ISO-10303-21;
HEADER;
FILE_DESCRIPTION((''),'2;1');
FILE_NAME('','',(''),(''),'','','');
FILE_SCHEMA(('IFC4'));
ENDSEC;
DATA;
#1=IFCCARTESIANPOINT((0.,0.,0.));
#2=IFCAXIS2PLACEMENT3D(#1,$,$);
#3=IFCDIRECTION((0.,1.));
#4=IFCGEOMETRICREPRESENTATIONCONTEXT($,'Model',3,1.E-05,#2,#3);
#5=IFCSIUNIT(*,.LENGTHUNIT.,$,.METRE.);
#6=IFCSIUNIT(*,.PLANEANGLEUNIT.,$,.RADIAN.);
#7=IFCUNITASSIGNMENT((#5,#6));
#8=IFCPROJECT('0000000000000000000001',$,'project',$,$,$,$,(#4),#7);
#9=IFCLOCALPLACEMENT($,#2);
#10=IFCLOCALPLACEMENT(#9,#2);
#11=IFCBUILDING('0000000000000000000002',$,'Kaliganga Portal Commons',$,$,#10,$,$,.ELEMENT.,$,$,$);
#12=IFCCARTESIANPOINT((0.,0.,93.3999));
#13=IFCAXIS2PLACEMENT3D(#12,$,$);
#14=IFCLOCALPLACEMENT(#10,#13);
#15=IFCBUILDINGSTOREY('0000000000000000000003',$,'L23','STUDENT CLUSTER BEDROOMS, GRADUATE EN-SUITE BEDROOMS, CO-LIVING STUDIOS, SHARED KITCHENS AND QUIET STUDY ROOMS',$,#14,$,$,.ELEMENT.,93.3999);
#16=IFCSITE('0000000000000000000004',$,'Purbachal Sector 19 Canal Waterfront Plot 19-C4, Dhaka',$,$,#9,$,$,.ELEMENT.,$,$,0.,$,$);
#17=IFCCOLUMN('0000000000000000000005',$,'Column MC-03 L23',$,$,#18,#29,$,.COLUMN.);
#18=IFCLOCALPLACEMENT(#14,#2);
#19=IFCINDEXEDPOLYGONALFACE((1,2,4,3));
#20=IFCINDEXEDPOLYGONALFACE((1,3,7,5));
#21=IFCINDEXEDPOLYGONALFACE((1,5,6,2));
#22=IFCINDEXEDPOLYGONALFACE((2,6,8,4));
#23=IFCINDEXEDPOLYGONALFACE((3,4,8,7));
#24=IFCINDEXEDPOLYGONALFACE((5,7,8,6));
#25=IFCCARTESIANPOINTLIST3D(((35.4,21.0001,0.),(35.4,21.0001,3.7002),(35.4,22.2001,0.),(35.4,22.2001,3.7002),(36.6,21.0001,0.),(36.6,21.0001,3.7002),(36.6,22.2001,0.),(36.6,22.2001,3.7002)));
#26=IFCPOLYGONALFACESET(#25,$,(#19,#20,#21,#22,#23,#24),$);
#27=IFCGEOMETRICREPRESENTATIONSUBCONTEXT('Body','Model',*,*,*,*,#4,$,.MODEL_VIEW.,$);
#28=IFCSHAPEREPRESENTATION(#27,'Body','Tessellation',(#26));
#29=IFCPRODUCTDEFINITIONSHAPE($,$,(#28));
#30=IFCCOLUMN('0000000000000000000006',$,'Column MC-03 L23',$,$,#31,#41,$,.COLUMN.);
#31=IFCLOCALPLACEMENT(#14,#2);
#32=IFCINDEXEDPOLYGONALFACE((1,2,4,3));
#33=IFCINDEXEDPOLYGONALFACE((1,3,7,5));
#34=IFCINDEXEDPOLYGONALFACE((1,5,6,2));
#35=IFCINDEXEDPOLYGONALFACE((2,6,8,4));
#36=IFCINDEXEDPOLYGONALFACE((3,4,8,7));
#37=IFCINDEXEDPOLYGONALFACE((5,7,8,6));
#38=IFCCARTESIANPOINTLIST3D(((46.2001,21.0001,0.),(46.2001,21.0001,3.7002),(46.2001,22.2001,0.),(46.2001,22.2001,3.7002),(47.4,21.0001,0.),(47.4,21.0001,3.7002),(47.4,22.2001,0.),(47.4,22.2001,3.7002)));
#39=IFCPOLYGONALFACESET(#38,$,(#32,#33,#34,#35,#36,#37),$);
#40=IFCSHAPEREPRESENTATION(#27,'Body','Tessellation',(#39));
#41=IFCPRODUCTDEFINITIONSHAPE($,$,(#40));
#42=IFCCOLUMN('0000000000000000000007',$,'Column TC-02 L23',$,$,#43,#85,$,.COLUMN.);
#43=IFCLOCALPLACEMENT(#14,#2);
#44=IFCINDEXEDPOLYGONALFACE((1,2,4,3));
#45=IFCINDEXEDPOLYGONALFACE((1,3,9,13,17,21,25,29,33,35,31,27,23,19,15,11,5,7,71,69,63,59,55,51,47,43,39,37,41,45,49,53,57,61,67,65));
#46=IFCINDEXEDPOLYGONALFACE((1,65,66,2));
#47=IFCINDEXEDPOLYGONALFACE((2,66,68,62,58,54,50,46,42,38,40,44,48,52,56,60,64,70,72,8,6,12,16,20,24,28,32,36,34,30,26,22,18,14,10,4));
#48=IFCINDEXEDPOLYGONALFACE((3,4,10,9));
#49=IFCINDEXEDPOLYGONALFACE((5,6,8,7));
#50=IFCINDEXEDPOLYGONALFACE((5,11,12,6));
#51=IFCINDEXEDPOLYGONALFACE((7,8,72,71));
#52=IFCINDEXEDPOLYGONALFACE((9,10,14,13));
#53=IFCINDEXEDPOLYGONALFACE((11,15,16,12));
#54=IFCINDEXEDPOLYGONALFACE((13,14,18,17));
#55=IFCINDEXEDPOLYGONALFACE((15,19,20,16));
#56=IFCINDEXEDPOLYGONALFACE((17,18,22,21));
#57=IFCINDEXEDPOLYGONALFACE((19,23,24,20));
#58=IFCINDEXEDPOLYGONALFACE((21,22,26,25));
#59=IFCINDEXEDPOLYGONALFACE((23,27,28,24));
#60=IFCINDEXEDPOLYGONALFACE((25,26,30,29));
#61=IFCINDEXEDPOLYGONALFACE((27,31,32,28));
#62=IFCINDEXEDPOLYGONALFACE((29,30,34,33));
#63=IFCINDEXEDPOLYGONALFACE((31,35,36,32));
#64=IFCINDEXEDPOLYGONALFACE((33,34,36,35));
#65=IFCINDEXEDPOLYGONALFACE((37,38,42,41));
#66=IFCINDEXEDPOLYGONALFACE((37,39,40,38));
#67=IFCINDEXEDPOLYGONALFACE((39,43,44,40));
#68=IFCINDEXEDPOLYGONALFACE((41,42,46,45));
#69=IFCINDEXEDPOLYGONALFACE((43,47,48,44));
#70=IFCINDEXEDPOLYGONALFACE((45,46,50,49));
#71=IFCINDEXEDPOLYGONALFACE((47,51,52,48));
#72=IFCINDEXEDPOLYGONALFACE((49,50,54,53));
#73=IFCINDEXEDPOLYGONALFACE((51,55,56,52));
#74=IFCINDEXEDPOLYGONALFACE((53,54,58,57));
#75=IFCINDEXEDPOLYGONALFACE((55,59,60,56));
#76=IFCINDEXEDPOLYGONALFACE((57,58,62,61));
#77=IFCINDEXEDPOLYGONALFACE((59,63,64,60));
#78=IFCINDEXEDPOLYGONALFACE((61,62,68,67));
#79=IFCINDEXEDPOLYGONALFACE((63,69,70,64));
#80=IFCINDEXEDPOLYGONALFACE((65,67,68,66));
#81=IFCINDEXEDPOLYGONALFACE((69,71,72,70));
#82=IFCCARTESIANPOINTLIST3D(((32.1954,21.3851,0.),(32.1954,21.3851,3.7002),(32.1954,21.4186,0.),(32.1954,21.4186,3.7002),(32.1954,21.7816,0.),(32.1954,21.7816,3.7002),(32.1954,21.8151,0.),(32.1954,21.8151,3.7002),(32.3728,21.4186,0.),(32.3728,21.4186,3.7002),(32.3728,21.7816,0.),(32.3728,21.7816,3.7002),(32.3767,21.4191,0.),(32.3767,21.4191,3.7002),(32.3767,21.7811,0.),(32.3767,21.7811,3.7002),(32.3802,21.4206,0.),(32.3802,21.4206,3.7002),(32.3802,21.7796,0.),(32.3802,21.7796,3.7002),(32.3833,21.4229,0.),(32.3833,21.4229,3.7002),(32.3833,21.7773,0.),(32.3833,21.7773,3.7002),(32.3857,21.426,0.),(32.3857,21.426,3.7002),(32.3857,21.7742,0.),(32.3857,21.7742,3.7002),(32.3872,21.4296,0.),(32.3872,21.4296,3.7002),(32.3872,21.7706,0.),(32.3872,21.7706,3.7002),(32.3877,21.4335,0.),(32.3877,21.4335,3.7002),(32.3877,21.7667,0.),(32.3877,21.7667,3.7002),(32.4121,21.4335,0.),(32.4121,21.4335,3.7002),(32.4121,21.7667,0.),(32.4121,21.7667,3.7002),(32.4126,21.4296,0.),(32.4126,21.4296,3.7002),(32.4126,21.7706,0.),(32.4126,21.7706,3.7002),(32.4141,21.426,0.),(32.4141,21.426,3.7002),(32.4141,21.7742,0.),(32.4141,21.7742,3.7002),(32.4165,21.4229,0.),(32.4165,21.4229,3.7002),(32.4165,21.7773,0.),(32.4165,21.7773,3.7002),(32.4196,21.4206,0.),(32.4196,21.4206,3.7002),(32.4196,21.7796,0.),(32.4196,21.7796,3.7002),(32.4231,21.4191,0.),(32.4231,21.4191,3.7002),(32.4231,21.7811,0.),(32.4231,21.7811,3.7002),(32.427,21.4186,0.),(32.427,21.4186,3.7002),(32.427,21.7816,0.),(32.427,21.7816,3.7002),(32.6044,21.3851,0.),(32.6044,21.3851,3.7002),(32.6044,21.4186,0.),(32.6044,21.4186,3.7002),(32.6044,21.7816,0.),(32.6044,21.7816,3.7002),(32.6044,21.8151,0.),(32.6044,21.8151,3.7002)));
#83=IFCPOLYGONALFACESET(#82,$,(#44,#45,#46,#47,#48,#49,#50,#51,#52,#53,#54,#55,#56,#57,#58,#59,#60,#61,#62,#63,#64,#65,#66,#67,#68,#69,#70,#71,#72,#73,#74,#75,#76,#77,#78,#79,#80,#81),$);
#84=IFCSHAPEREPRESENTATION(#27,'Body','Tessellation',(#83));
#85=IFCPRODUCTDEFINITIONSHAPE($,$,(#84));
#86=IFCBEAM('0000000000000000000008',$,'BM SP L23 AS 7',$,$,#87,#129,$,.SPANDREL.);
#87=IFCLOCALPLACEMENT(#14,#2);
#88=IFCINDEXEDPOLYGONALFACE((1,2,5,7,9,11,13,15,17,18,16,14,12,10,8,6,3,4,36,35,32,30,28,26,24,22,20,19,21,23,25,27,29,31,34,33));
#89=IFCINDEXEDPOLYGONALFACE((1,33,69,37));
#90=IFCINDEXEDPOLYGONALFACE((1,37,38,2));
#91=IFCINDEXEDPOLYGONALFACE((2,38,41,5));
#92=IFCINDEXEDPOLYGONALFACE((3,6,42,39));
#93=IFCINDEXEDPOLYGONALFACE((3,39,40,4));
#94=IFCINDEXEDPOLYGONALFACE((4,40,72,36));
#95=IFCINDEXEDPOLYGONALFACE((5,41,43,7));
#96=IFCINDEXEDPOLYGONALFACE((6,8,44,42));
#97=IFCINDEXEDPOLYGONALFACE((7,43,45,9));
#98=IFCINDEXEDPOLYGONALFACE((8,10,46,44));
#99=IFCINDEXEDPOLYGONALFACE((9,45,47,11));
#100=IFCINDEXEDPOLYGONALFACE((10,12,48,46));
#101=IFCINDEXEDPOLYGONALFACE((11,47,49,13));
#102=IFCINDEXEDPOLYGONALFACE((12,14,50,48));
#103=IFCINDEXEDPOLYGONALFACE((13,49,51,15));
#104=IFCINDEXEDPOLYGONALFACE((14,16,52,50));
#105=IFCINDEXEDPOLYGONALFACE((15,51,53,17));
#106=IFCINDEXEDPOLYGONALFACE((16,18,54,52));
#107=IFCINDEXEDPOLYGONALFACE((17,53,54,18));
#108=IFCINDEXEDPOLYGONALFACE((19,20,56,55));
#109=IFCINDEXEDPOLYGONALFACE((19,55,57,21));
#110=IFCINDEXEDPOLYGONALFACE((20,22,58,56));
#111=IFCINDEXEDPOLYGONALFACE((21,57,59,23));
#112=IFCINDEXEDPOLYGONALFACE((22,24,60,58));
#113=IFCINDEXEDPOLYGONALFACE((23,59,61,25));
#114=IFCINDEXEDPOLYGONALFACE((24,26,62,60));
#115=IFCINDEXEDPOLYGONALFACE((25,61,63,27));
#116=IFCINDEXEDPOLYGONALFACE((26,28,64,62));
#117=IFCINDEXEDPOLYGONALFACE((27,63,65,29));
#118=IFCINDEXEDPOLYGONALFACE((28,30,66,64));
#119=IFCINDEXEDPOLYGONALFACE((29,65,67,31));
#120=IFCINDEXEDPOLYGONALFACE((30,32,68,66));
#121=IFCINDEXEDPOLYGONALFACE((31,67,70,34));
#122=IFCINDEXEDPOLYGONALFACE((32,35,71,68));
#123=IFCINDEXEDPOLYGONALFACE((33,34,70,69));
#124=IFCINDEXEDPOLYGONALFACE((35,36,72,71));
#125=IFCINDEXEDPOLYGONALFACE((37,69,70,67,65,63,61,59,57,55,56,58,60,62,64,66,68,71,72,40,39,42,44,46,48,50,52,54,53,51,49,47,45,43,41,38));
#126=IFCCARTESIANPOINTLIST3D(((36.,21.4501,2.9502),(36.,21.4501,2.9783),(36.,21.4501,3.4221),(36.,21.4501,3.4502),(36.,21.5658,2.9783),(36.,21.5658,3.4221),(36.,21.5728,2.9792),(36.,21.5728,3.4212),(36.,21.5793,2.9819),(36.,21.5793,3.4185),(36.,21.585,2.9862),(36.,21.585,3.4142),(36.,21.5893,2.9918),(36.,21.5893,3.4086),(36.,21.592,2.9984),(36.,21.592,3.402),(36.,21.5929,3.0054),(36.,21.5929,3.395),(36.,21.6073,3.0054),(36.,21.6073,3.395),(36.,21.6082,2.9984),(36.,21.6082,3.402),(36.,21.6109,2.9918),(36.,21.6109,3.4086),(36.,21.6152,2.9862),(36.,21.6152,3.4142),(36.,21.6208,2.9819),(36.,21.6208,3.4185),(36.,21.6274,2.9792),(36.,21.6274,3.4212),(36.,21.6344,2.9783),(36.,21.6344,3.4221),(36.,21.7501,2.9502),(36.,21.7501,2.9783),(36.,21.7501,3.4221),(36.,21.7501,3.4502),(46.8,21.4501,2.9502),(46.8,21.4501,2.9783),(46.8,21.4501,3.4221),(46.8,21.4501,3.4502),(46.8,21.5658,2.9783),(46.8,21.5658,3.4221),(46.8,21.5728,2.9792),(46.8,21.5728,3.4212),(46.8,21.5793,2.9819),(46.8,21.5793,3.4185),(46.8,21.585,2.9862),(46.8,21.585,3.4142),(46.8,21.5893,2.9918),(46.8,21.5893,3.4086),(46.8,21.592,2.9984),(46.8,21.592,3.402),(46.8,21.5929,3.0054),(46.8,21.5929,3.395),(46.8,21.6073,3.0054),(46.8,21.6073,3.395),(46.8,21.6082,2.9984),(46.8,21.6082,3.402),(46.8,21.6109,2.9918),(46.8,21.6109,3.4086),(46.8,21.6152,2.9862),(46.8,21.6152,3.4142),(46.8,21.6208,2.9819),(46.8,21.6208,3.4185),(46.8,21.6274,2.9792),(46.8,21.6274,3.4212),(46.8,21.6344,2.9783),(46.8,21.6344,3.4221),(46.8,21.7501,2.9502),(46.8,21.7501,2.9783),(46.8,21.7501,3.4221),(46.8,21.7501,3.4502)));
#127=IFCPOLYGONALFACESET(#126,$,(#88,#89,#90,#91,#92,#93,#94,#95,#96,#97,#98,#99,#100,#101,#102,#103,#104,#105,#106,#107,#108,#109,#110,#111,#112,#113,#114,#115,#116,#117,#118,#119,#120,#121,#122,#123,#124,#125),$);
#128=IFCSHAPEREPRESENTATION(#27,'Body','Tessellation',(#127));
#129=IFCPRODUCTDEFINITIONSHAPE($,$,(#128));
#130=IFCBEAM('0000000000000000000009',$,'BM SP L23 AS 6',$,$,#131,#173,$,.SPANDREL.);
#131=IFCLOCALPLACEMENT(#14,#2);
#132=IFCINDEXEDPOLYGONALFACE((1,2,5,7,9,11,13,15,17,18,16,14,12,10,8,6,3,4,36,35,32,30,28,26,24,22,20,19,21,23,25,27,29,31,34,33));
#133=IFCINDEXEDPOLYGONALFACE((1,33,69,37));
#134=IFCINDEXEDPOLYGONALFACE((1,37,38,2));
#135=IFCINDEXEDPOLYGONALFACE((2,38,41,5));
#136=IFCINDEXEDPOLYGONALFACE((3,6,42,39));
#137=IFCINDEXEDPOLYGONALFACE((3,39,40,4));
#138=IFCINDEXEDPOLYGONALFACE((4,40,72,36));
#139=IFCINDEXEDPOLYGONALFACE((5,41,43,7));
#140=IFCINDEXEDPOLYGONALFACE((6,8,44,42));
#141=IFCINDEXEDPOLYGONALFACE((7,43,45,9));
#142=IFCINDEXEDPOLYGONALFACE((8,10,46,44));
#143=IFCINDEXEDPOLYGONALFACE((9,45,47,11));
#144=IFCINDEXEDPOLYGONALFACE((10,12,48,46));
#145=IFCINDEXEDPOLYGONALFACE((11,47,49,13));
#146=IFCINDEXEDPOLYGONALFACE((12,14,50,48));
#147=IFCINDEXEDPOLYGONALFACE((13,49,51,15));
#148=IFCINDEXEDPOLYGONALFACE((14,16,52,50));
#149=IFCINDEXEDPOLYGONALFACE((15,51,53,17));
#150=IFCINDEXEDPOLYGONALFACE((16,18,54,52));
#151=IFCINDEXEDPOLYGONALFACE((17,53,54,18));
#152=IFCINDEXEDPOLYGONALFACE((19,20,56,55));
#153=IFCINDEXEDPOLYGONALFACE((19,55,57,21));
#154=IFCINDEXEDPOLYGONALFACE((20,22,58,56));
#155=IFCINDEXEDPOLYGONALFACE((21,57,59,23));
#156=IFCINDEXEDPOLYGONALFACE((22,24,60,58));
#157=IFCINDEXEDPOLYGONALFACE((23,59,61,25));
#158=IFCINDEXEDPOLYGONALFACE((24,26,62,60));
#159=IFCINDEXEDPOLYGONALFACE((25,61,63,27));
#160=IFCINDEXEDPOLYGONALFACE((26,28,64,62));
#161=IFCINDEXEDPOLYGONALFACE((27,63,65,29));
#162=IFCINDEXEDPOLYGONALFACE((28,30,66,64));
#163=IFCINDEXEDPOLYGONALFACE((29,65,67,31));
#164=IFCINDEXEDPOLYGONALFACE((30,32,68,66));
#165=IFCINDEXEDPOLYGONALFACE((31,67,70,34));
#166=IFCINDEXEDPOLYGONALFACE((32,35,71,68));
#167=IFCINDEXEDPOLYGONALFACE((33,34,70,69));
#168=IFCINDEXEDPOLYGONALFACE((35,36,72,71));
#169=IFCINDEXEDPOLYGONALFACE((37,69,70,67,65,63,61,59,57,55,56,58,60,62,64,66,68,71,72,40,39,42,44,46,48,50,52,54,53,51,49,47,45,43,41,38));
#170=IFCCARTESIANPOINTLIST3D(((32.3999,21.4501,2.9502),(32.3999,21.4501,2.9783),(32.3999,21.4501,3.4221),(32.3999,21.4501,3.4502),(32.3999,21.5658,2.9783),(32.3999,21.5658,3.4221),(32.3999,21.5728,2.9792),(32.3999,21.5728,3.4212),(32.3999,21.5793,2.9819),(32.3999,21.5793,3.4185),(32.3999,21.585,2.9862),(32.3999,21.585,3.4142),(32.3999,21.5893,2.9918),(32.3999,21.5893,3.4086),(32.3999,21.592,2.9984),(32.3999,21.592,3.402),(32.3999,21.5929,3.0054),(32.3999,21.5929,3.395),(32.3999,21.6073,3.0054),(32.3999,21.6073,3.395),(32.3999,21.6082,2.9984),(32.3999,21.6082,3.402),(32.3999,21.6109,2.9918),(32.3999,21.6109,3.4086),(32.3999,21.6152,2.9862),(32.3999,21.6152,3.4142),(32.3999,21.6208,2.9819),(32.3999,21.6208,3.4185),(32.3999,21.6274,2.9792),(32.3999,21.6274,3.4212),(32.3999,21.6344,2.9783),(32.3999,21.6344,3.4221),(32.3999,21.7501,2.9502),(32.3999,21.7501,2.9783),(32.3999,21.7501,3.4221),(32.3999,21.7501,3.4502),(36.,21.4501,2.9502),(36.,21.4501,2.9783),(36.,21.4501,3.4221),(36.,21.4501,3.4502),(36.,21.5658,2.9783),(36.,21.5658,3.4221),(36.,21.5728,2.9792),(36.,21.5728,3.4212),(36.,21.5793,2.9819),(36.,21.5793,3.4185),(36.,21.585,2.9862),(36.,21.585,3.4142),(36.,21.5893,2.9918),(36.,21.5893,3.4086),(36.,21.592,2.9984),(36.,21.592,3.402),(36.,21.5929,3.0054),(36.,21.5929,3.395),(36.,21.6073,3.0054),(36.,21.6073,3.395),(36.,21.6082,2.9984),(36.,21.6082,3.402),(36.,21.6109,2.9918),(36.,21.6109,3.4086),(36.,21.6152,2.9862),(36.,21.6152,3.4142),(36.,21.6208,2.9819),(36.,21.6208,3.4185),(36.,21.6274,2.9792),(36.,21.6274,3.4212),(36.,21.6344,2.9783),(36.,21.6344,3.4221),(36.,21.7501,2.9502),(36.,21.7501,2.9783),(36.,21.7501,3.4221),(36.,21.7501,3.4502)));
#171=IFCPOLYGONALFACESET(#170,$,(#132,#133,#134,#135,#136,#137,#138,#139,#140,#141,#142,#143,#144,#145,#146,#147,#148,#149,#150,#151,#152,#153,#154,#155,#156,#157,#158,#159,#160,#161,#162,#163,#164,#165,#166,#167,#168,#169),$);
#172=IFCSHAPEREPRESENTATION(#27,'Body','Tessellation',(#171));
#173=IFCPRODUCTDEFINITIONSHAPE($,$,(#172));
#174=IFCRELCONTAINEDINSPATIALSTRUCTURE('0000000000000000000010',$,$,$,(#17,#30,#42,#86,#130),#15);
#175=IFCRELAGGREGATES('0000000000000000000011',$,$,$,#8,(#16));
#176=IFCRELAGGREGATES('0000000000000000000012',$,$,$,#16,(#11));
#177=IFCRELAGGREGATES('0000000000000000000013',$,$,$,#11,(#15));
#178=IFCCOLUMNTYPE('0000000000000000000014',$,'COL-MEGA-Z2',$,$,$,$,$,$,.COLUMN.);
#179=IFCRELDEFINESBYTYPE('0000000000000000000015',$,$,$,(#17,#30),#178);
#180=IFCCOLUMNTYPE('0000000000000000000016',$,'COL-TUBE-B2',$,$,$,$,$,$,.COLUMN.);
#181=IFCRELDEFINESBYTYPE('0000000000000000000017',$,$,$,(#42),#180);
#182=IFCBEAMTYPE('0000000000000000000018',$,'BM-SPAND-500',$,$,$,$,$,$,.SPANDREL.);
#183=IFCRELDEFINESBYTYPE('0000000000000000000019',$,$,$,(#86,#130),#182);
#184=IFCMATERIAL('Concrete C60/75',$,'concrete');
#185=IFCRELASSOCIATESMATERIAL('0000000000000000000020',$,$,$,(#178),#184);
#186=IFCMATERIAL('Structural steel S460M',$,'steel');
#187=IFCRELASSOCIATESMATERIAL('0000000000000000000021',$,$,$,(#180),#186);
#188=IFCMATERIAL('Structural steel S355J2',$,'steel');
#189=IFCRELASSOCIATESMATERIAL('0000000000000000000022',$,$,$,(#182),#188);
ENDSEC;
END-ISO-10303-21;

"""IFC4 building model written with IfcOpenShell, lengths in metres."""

from ifc_helpers import new_model, si_unit, direction, frame, origin, origin_2d, place, context, subcontext, project, spatial, rectangle, i_section, extrude, source, transform, mapped, material, material_profile, profile_set, type_object, element, save


model = new_model("IFC4")

# Units and contexts
model_context = context("Model", 3, precision=1e-05, world=origin(), true_north=direction((0.0, 1.0)))
body_context = subcontext(model_context, "Body", "Model", "MODEL_VIEW")
ifc_project = project(units=[si_unit("LENGTHUNIT", "METRE"), si_unit("PLANEANGLEUNIT", "RADIAN")], contexts=[model_context])

# Site, building, storey
site_placement = place(None, origin())
site = spatial("IfcSite", under=ifc_project, at=site_placement, Name="Purbachal Sector 19 Canal Waterfront Plot 19-C4, Dhaka", CompositionType="ELEMENT", RefElevation=0.0)
building_placement = place(site_placement, origin())
building = spatial("IfcBuilding", under=site, at=building_placement, Name="Kaliganga Portal Commons", CompositionType="ELEMENT")
storey_placement = place(building_placement, frame((0.0, 0.0, 93.3999)))
storey = spatial("IfcBuildingStorey", under=building, at=storey_placement, Name="L23", Description="STUDENT CLUSTER BEDROOMS, GRADUATE EN-SUITE BEDROOMS, CO-LIVING STUDIOS, SHARED KITCHENS AND QUIET STUDY ROOMS", CompositionType="ELEMENT", Elevation=93.3999)

# Columns
ifc_material_1 = material(Name="Concrete C60/75", Category="concrete")
ifc_material_profile_1 = material_profile(ifc_material_1, rectangle(XDim=1.2, YDim=1.2, at=origin_2d()), Name="RC 1200x1200")
ifc_profile_set_1 = profile_set([ifc_material_profile_1], Name="Concrete C60/75")
column_type_1 = type_object("IfcColumnType", Name="COL-MEGA-Z2", PredefinedType="COLUMN", material=ifc_profile_set_1)
shared_shape_1 = source(origin(), body_context, "Body", "SweptSolid", [
    extrude(rectangle(XDim=1.2, YDim=1.2, at=origin_2d()), origin(), (0.0, 0.0, 1.0), 3.7002),
])
for number, where, z_axis, x_axis, name in (
    (1, (36.0, 21.6001, 0.0), (0.0, 0.0, 1.0), (1.0, 0.0, 0.0), "Column MC-03 L23"),
    (2, (46.8, 21.6001, 0.0), (0.0, 0.0, 1.0), (1.0, 0.0, 0.0), "Column MC-03 L23"),
):
    element("IfcColumn", number, at=place(storey_placement, frame(where, z_axis=z_axis, x_axis=x_axis)), inside=storey, type_object=column_type_1, Name=name, PredefinedType="COLUMN", context=body_context, shape_type="MappedRepresentation", body=[
        mapped(shared_shape_1, transform((0.0, 0.0, 0.0), x_axis=(1.0, 0.0, 0.0), y_axis=(0.0, 1.0, 0.0), z_axis=(0.0, 0.0, 1.0), scale=1.0)),
    ])
ifc_material_2 = material(Name="Structural steel S460M", Category="steel")
ifc_material_profile_2 = material_profile(ifc_material_2, i_section(OverallWidth=0.4089, OverallDepth=0.4299, WebThickness=0.0244, FlangeThickness=0.0334, FilletRadius=0.0149, at=origin_2d()), Name="HD 400x421")
ifc_profile_set_2 = profile_set([ifc_material_profile_2], Name="Structural steel S460M wide-flange")
column_type_2 = type_object("IfcColumnType", Name="COL-TUBE-B2", PredefinedType="COLUMN", material=ifc_profile_set_2)
shared_shape_2 = source(origin(), body_context, "Body", "SweptSolid", [
    extrude(i_section(OverallWidth=0.4089, OverallDepth=0.4299, WebThickness=0.0244, FlangeThickness=0.0334, FilletRadius=0.0149, at=origin_2d()), origin(), (0.0, 0.0, 1.0), 3.7002),
])
column_placement = place(storey_placement, frame((32.3999, 21.6001, 0.0), z_axis=(0.0, 0.0, 1.0), x_axis=(1.0, 0.0, 0.0)))
element("IfcColumn", 3, at=column_placement, inside=storey, type_object=column_type_2, Name="Column TC-02 L23", PredefinedType="COLUMN", context=body_context, shape_type="MappedRepresentation", body=[
    mapped(shared_shape_2, transform((0.0, 0.0, 0.0), x_axis=(1.0, 0.0, 0.0), y_axis=(0.0, 1.0, 0.0), z_axis=(0.0, 0.0, 1.0), scale=1.0)),
])

# Beams
ifc_material_3 = material(Name="Structural steel S355J2", Category="steel")
ifc_material_profile_3 = material_profile(ifc_material_3, i_section(OverallWidth=0.3, OverallDepth=0.5, WebThickness=0.0144, FlangeThickness=0.0281, FilletRadius=0.0271, at=origin_2d()), Name="HE 500 B")
ifc_profile_set_3 = profile_set([ifc_material_profile_3], Name="Structural steel S355J2 wide-flange")
beam_type_1 = type_object("IfcBeamType", Name="BM-SPAND-500", PredefinedType="SPANDREL", material=ifc_profile_set_3)
shared_shape_3 = source(origin(), body_context, "Body", "SweptSolid", [
    extrude(i_section(OverallWidth=0.3, OverallDepth=0.5, WebThickness=0.0144, FlangeThickness=0.0281, FilletRadius=0.0271, at=origin_2d()), origin(), (0.0, 0.0, 1.0), 10.8),
])
beam_1_placement = place(storey_placement, frame((36.0, 21.6001, 3.2002), z_axis=(1.0, 0.0, 0.0), x_axis=(0.0, 1.0, 0.0)))
element("IfcBeam", 4, at=beam_1_placement, inside=storey, type_object=beam_type_1, Name="BM SP L23 AS 7", PredefinedType="SPANDREL", context=body_context, shape_type="MappedRepresentation", body=[
    mapped(shared_shape_3, transform((0.0, 0.0, 0.0), x_axis=(1.0, 0.0, 0.0), y_axis=(0.0, 1.0, 0.0), z_axis=(0.0, 0.0, 1.0), scale=1.0)),
])
shared_shape_4 = source(origin(), body_context, "Body", "SweptSolid", [
    extrude(i_section(OverallWidth=0.3, OverallDepth=0.5, WebThickness=0.0144, FlangeThickness=0.0281, FilletRadius=0.0271, at=origin_2d()), origin(), (0.0, 0.0, 1.0), 3.6001),
])
beam_2_placement = place(storey_placement, frame((32.3999, 21.6001, 3.2002), z_axis=(1.0, 0.0, 0.0), x_axis=(0.0, 1.0, 0.0)))
element("IfcBeam", 5, at=beam_2_placement, inside=storey, type_object=beam_type_1, Name="BM SP L23 AS 6", PredefinedType="SPANDREL", context=body_context, shape_type="MappedRepresentation", body=[
    mapped(shared_shape_4, transform((0.0, 0.0, 0.0), x_axis=(1.0, 0.0, 0.0), y_axis=(0.0, 1.0, 0.0), z_axis=(0.0, 0.0, 1.0), scale=1.0)),
])

save(model, "model.ifc")
